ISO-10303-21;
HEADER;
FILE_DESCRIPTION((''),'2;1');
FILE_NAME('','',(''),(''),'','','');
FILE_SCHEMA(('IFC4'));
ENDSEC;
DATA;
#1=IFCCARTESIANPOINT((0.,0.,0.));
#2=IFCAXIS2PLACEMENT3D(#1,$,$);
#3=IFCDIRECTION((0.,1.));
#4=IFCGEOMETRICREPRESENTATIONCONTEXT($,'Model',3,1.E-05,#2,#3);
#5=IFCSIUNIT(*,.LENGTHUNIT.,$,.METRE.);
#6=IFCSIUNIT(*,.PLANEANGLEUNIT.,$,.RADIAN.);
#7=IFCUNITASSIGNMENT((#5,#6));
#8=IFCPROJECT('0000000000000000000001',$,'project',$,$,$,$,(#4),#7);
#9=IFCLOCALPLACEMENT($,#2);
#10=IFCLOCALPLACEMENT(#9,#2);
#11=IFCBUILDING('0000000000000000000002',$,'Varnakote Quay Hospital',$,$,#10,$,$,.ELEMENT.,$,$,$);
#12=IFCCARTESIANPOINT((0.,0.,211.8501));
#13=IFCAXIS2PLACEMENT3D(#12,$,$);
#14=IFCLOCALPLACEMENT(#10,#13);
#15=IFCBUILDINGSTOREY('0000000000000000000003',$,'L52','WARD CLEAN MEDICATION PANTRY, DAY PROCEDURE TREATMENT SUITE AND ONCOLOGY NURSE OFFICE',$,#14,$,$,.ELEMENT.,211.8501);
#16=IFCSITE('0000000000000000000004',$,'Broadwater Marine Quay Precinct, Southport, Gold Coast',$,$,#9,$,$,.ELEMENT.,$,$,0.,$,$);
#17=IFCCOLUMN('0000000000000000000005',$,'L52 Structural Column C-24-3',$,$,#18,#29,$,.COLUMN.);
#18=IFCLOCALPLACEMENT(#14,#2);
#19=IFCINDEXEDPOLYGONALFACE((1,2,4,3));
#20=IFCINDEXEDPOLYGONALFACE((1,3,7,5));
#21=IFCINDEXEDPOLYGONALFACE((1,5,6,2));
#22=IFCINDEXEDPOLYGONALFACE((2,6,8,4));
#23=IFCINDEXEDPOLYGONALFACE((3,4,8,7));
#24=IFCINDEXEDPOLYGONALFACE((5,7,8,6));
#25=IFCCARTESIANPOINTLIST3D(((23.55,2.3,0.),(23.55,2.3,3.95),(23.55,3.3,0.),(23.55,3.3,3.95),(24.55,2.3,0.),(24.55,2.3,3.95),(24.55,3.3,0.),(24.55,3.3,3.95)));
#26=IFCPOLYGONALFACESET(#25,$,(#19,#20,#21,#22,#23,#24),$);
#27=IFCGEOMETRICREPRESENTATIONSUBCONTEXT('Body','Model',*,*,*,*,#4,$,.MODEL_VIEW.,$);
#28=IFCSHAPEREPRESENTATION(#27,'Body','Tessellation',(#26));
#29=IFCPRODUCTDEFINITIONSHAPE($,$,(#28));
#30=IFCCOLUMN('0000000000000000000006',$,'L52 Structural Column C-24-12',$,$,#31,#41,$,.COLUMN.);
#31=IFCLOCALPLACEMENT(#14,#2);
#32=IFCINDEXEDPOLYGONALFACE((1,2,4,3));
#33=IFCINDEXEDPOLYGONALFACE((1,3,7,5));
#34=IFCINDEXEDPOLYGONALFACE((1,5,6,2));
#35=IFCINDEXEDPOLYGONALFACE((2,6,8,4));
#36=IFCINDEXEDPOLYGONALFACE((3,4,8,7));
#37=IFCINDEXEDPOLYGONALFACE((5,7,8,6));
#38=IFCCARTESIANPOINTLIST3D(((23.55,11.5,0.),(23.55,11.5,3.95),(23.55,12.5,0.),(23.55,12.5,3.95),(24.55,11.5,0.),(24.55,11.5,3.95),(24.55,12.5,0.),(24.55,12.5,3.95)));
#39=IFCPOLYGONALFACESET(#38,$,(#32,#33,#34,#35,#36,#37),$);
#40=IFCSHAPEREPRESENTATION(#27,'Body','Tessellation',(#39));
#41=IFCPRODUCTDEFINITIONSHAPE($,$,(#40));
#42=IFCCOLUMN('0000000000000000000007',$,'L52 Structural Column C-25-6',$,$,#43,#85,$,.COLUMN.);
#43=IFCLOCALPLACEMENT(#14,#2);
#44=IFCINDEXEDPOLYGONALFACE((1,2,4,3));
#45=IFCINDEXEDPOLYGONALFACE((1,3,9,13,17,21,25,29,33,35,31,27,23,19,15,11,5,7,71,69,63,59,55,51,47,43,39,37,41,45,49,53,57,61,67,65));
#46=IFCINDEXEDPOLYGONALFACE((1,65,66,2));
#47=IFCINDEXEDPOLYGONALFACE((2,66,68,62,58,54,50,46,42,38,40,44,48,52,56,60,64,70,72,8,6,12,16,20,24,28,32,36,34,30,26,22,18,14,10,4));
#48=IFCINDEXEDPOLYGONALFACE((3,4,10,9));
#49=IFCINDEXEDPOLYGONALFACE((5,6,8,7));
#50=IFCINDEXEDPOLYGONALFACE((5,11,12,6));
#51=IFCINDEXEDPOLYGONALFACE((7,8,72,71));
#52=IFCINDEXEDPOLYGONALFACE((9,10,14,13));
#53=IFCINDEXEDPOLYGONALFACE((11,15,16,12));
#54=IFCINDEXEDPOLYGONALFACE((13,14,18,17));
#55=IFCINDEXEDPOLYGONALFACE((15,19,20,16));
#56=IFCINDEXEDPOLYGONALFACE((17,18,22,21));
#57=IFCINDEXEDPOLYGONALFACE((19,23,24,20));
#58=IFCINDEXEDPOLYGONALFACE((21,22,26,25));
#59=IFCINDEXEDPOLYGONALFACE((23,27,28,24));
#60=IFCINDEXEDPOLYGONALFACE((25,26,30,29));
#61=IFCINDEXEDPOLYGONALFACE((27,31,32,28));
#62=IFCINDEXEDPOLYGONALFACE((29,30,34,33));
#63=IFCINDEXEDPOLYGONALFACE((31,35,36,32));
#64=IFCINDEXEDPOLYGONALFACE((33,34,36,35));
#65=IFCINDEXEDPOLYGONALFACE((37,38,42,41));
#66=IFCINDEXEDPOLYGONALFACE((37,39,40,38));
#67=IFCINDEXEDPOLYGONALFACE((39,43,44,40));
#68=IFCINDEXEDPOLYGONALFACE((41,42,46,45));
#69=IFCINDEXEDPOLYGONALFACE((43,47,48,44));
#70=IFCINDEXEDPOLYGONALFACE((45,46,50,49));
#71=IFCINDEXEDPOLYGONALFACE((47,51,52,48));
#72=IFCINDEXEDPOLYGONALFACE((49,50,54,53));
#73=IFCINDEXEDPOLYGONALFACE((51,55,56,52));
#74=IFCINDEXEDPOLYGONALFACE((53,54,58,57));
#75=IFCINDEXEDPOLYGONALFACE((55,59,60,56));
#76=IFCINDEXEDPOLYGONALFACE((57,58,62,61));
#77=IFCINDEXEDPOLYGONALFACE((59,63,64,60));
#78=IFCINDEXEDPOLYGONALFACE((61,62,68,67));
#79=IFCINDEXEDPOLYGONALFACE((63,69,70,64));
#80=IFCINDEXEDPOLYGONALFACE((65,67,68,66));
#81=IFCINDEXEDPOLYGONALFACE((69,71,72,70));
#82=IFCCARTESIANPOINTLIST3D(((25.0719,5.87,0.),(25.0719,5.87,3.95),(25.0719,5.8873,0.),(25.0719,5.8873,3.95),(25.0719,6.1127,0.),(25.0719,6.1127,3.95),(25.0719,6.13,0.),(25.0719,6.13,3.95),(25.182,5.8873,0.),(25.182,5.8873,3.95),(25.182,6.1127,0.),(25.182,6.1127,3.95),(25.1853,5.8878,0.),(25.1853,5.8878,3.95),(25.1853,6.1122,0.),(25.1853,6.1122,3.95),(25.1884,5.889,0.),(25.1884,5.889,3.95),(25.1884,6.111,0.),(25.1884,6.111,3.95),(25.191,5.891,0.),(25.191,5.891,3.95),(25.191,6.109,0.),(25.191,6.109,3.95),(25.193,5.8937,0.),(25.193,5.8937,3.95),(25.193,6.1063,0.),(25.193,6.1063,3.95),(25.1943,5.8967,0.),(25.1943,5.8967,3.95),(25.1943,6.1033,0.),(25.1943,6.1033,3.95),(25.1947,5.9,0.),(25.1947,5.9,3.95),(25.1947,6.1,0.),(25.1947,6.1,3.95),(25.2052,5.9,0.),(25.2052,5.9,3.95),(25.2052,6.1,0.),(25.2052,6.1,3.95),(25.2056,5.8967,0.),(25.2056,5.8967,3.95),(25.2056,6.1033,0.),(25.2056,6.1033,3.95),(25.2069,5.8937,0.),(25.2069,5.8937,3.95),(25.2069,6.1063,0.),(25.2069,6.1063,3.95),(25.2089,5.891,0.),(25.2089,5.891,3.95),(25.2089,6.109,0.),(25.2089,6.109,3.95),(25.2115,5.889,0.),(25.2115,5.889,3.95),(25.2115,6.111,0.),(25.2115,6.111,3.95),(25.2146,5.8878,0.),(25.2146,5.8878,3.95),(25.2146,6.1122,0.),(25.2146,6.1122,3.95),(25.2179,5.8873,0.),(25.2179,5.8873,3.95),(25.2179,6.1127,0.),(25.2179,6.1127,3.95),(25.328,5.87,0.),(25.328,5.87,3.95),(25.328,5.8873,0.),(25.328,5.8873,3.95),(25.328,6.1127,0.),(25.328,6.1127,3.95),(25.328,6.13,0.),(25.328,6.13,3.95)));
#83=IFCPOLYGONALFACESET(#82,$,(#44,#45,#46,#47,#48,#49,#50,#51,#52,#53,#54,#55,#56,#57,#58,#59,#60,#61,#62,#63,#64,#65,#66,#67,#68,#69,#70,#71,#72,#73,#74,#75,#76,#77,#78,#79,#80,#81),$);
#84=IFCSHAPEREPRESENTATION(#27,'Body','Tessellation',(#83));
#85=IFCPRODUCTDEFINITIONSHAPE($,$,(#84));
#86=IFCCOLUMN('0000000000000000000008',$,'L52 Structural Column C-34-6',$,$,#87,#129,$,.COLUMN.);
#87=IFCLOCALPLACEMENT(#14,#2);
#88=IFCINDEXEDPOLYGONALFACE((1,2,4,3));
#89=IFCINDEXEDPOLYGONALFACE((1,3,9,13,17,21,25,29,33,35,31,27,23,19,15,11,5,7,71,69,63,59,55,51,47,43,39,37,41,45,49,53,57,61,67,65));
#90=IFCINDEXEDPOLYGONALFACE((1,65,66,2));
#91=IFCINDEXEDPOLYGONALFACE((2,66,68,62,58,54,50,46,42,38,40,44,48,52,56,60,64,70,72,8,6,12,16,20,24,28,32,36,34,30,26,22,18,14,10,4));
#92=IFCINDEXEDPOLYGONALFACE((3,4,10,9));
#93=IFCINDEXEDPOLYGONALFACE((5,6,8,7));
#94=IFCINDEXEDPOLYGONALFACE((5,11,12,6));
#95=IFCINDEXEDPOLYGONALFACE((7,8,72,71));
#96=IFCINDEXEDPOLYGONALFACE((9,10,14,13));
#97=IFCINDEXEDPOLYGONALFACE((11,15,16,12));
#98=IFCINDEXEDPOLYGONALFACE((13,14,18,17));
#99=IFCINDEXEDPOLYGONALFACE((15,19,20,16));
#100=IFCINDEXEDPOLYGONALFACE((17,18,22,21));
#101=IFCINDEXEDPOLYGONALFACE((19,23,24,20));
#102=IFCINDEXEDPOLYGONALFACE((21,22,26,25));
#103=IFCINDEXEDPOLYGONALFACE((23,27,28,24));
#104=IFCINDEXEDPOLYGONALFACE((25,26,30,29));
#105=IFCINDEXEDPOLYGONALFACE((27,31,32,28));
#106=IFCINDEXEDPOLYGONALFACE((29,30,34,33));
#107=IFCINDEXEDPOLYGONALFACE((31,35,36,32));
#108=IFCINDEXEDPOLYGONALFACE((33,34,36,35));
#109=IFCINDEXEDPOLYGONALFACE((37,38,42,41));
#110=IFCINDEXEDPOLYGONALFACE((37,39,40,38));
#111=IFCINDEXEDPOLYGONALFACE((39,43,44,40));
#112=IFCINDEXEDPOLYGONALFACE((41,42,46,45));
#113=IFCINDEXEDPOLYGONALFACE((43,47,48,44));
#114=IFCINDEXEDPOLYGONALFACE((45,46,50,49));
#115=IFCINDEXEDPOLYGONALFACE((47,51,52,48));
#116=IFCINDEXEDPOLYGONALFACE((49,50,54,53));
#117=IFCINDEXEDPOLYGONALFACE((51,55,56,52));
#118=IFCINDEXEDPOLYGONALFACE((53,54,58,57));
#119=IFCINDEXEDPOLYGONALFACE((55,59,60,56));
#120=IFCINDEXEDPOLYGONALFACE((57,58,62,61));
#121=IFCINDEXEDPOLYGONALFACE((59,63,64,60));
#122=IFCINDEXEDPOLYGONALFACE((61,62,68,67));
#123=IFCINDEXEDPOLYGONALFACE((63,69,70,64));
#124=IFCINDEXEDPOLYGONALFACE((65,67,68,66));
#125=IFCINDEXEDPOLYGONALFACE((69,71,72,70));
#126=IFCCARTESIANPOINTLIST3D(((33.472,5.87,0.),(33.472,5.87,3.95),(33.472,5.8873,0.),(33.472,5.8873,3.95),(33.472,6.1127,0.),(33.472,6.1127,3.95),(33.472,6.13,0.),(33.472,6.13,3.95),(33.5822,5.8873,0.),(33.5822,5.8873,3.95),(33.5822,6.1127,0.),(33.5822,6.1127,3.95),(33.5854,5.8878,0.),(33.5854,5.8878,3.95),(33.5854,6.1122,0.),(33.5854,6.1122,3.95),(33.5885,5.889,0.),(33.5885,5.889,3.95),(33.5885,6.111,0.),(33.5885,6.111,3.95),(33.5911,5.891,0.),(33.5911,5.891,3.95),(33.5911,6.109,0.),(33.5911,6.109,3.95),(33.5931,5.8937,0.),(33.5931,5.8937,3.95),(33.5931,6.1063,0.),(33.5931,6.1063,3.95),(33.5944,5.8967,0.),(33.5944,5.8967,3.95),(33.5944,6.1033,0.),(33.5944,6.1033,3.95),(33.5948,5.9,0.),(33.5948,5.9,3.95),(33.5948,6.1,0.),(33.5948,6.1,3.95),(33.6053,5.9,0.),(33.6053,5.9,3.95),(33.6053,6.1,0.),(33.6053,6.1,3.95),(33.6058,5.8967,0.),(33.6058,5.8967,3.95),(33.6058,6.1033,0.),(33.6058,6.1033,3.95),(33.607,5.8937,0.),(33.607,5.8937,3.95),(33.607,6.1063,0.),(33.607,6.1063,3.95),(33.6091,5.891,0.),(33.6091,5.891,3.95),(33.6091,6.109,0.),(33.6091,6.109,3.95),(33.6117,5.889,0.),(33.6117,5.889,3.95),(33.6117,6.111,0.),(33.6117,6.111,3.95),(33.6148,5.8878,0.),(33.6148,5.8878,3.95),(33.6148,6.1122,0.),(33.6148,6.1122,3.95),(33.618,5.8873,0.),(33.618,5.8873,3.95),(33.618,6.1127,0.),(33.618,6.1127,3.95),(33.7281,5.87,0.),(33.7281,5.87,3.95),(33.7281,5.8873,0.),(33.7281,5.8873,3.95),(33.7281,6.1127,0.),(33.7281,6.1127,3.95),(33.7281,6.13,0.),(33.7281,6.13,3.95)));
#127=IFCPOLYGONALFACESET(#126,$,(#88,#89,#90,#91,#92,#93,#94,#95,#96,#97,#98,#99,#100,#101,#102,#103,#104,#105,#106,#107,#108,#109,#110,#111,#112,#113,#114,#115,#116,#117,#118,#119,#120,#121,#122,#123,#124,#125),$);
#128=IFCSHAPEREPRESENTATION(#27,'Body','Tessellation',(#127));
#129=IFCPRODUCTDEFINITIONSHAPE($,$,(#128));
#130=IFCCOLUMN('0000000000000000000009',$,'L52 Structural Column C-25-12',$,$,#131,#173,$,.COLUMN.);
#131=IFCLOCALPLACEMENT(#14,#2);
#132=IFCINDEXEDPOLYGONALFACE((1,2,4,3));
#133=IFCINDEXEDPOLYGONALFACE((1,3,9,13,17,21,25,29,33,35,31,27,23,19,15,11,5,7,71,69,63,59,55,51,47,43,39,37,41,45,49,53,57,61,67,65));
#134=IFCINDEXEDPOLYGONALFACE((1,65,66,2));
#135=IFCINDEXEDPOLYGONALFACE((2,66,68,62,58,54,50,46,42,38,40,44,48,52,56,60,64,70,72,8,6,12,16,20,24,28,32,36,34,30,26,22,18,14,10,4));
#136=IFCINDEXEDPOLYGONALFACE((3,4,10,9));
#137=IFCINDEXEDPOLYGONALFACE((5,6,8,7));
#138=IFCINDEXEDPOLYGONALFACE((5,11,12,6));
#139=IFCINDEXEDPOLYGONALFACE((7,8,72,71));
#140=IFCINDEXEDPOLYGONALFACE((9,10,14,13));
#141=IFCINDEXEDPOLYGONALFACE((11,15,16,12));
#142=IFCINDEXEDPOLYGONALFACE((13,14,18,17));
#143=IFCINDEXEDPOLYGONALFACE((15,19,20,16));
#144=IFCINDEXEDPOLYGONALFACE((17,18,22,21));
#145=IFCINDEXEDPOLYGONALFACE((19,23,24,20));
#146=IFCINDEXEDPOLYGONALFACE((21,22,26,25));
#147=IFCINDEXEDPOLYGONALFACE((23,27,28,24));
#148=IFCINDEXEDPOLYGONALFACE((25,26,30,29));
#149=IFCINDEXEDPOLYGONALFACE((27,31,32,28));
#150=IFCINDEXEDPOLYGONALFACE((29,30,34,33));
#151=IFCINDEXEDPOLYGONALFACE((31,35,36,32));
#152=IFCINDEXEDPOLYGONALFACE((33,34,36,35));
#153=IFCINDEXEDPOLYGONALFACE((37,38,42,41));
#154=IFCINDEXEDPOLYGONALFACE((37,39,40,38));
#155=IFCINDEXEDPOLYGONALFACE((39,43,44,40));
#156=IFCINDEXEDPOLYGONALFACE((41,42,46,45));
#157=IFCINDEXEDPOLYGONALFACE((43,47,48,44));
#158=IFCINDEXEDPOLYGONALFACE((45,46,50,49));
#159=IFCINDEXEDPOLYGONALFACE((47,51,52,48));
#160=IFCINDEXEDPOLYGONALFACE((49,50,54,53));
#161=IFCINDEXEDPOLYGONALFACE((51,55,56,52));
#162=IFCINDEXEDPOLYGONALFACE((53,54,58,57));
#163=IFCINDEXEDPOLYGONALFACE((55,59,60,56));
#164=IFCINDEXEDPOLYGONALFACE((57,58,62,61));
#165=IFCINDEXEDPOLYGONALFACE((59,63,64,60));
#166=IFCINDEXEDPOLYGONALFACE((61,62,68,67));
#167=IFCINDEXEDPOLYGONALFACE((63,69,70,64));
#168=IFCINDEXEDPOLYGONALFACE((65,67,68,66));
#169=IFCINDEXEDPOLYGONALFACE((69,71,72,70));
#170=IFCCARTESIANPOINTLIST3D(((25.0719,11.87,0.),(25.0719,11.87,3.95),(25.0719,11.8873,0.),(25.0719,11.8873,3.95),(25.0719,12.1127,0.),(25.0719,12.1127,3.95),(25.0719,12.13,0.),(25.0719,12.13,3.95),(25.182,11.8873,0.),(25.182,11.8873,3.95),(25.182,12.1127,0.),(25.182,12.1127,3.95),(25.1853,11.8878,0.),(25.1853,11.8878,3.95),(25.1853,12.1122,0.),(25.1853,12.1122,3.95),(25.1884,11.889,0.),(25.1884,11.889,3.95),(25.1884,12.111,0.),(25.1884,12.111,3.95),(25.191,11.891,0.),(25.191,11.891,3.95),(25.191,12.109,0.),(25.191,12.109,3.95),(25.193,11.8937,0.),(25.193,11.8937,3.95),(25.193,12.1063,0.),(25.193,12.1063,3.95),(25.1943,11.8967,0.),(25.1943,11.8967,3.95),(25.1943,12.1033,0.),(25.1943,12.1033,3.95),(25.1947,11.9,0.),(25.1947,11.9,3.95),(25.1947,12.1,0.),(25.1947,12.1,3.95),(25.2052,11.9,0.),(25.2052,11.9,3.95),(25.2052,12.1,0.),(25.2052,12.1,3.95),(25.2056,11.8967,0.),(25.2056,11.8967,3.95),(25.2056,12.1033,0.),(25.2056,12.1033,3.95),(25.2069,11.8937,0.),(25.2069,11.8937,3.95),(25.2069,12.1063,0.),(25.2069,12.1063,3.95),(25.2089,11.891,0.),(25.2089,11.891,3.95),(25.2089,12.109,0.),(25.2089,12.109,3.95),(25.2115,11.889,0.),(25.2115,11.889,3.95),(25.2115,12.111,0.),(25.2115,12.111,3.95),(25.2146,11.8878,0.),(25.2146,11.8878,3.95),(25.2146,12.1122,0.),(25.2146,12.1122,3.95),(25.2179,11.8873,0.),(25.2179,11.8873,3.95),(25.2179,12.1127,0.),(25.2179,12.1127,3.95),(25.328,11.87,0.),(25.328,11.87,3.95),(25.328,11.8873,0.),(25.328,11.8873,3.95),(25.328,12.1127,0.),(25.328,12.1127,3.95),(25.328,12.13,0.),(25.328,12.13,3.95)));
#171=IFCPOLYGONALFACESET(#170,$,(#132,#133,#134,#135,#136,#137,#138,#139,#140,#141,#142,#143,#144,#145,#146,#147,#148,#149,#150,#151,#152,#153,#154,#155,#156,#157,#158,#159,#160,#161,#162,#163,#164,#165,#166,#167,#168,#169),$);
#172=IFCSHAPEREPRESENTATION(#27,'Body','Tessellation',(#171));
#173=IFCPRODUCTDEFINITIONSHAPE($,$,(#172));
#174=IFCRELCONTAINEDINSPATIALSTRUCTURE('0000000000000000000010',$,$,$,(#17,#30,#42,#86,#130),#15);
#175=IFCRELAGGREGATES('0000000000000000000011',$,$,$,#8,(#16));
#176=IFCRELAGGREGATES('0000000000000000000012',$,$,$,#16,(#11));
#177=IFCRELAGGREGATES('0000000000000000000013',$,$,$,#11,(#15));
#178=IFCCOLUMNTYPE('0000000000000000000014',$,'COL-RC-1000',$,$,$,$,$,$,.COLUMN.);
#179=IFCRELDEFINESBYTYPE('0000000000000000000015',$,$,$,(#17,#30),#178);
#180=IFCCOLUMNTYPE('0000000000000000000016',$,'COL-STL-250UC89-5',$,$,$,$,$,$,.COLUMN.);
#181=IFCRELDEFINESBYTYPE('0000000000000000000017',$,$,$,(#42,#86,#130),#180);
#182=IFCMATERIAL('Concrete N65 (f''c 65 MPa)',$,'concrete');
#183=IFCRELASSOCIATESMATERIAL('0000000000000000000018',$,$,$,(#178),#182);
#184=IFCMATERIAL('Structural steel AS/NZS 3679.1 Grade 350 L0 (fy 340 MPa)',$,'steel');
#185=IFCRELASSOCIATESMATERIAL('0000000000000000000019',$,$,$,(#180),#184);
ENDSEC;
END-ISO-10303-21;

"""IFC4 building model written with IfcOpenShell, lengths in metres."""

from ifc_helpers import new_model, si_unit, direction, frame, origin, origin_2d, place, context, subcontext, project, spatial, rectangle, i_section, extrude, material, material_profile, profile_set, type_object, element, save


model = new_model("IFC4")

# Units and contexts
model_context = context("Model", 3, precision=1e-05, world=origin(), true_north=direction((0.0, 1.0)))
body_context = subcontext(model_context, "Body", "Model", "MODEL_VIEW")
ifc_project = project(units=[si_unit("LENGTHUNIT", "METRE"), si_unit("PLANEANGLEUNIT", "RADIAN")], contexts=[model_context])

# Site, building, storey
site_placement = place(None, origin())
site = spatial("IfcSite", under=ifc_project, at=site_placement, Name="Broadwater Marine Quay Precinct, Southport, Gold Coast", CompositionType="ELEMENT", RefElevation=0.0)
building_placement = place(site_placement, origin())
building = spatial("IfcBuilding", under=site, at=building_placement, Name="Varnakote Quay Hospital", CompositionType="ELEMENT")
storey_placement = place(building_placement, frame((0.0, 0.0, 211.8501)))
storey = spatial("IfcBuildingStorey", under=building, at=storey_placement, Name="L52", Description="WARD CLEAN MEDICATION PANTRY, DAY PROCEDURE TREATMENT SUITE AND ONCOLOGY NURSE OFFICE", CompositionType="ELEMENT", Elevation=211.8501)

# Columns
ifc_material_1 = material(Name="Concrete N65 (f'c 65 MPa)", Category="concrete")
ifc_material_profile_1 = material_profile(ifc_material_1, rectangle(XDim=1.0, YDim=1.0, at=origin_2d()), Name="RC-COL-1000x1000")
ifc_profile_set_1 = profile_set([ifc_material_profile_1], Name="Concrete N65 (f'c 65 MPa)")
column_type_1 = type_object("IfcColumnType", Name="COL-RC-1000", PredefinedType="COLUMN", material=ifc_profile_set_1)
for number, where, z_axis, x_axis, name in (
    (1, (24.05, 2.8, 0.0), (0.0, 0.0, 1.0), (1.0, 0.0, 0.0), "L52 Structural Column C-24-3"),
    (2, (24.05, 12.0, 0.0), (0.0, 0.0, 1.0), (1.0, 0.0, 0.0), "L52 Structural Column C-24-12"),
):
    element("IfcColumn", number, at=place(storey_placement, frame(where, z_axis=z_axis, x_axis=x_axis)), inside=storey, type_object=column_type_1, Name=name, PredefinedType="COLUMN", context=body_context, shape_type="SweptSolid", body=[
        extrude(rectangle(XDim=1.0, YDim=1.0, at=origin_2d()), origin(), (0.0, 0.0, 1.0), 3.95),
    ])
ifc_material_2 = material(Name="Structural steel AS/NZS 3679.1 Grade 350 L0 (fy 340 MPa)", Category="steel")
ifc_material_profile_2 = material_profile(ifc_material_2, i_section(OverallWidth=0.2561, OverallDepth=0.26, WebThickness=0.0105, FlangeThickness=0.0173, FilletRadius=0.0127, at=origin_2d()), Name="250UC89.5")
ifc_profile_set_2 = profile_set([ifc_material_profile_2], Name="Structural steel AS/NZS 3679.1 Grade 350 L0 (fy 340 MPa)")
column_type_2 = type_object("IfcColumnType", Name="COL-STL-250UC89-5", PredefinedType="COLUMN", material=ifc_profile_set_2)
for number, where, z_axis, x_axis, name in (
    (3, (25.2, 6.0, 0.0), (0.0, 0.0, 1.0), (1.0, 0.0, 0.0), "L52 Structural Column C-25-6"),
    (4, (33.6001, 6.0, 0.0), (0.0, 0.0, 1.0), (1.0, 0.0, 0.0), "L52 Structural Column C-34-6"),
    (5, (25.2, 12.0, 0.0), (0.0, 0.0, 1.0), (1.0, 0.0, 0.0), "L52 Structural Column C-25-12"),
):
    element("IfcColumn", number, at=place(storey_placement, frame(where, z_axis=z_axis, x_axis=x_axis)), inside=storey, type_object=column_type_2, Name=name, PredefinedType="COLUMN", context=body_context, shape_type="SweptSolid", body=[
        extrude(i_section(OverallWidth=0.2561, OverallDepth=0.26, WebThickness=0.0105, FlangeThickness=0.0173, FilletRadius=0.0127, at=origin_2d()), origin(), (0.0, 0.0, 1.0), 3.95),
    ])

save(model, "model.ifc")
